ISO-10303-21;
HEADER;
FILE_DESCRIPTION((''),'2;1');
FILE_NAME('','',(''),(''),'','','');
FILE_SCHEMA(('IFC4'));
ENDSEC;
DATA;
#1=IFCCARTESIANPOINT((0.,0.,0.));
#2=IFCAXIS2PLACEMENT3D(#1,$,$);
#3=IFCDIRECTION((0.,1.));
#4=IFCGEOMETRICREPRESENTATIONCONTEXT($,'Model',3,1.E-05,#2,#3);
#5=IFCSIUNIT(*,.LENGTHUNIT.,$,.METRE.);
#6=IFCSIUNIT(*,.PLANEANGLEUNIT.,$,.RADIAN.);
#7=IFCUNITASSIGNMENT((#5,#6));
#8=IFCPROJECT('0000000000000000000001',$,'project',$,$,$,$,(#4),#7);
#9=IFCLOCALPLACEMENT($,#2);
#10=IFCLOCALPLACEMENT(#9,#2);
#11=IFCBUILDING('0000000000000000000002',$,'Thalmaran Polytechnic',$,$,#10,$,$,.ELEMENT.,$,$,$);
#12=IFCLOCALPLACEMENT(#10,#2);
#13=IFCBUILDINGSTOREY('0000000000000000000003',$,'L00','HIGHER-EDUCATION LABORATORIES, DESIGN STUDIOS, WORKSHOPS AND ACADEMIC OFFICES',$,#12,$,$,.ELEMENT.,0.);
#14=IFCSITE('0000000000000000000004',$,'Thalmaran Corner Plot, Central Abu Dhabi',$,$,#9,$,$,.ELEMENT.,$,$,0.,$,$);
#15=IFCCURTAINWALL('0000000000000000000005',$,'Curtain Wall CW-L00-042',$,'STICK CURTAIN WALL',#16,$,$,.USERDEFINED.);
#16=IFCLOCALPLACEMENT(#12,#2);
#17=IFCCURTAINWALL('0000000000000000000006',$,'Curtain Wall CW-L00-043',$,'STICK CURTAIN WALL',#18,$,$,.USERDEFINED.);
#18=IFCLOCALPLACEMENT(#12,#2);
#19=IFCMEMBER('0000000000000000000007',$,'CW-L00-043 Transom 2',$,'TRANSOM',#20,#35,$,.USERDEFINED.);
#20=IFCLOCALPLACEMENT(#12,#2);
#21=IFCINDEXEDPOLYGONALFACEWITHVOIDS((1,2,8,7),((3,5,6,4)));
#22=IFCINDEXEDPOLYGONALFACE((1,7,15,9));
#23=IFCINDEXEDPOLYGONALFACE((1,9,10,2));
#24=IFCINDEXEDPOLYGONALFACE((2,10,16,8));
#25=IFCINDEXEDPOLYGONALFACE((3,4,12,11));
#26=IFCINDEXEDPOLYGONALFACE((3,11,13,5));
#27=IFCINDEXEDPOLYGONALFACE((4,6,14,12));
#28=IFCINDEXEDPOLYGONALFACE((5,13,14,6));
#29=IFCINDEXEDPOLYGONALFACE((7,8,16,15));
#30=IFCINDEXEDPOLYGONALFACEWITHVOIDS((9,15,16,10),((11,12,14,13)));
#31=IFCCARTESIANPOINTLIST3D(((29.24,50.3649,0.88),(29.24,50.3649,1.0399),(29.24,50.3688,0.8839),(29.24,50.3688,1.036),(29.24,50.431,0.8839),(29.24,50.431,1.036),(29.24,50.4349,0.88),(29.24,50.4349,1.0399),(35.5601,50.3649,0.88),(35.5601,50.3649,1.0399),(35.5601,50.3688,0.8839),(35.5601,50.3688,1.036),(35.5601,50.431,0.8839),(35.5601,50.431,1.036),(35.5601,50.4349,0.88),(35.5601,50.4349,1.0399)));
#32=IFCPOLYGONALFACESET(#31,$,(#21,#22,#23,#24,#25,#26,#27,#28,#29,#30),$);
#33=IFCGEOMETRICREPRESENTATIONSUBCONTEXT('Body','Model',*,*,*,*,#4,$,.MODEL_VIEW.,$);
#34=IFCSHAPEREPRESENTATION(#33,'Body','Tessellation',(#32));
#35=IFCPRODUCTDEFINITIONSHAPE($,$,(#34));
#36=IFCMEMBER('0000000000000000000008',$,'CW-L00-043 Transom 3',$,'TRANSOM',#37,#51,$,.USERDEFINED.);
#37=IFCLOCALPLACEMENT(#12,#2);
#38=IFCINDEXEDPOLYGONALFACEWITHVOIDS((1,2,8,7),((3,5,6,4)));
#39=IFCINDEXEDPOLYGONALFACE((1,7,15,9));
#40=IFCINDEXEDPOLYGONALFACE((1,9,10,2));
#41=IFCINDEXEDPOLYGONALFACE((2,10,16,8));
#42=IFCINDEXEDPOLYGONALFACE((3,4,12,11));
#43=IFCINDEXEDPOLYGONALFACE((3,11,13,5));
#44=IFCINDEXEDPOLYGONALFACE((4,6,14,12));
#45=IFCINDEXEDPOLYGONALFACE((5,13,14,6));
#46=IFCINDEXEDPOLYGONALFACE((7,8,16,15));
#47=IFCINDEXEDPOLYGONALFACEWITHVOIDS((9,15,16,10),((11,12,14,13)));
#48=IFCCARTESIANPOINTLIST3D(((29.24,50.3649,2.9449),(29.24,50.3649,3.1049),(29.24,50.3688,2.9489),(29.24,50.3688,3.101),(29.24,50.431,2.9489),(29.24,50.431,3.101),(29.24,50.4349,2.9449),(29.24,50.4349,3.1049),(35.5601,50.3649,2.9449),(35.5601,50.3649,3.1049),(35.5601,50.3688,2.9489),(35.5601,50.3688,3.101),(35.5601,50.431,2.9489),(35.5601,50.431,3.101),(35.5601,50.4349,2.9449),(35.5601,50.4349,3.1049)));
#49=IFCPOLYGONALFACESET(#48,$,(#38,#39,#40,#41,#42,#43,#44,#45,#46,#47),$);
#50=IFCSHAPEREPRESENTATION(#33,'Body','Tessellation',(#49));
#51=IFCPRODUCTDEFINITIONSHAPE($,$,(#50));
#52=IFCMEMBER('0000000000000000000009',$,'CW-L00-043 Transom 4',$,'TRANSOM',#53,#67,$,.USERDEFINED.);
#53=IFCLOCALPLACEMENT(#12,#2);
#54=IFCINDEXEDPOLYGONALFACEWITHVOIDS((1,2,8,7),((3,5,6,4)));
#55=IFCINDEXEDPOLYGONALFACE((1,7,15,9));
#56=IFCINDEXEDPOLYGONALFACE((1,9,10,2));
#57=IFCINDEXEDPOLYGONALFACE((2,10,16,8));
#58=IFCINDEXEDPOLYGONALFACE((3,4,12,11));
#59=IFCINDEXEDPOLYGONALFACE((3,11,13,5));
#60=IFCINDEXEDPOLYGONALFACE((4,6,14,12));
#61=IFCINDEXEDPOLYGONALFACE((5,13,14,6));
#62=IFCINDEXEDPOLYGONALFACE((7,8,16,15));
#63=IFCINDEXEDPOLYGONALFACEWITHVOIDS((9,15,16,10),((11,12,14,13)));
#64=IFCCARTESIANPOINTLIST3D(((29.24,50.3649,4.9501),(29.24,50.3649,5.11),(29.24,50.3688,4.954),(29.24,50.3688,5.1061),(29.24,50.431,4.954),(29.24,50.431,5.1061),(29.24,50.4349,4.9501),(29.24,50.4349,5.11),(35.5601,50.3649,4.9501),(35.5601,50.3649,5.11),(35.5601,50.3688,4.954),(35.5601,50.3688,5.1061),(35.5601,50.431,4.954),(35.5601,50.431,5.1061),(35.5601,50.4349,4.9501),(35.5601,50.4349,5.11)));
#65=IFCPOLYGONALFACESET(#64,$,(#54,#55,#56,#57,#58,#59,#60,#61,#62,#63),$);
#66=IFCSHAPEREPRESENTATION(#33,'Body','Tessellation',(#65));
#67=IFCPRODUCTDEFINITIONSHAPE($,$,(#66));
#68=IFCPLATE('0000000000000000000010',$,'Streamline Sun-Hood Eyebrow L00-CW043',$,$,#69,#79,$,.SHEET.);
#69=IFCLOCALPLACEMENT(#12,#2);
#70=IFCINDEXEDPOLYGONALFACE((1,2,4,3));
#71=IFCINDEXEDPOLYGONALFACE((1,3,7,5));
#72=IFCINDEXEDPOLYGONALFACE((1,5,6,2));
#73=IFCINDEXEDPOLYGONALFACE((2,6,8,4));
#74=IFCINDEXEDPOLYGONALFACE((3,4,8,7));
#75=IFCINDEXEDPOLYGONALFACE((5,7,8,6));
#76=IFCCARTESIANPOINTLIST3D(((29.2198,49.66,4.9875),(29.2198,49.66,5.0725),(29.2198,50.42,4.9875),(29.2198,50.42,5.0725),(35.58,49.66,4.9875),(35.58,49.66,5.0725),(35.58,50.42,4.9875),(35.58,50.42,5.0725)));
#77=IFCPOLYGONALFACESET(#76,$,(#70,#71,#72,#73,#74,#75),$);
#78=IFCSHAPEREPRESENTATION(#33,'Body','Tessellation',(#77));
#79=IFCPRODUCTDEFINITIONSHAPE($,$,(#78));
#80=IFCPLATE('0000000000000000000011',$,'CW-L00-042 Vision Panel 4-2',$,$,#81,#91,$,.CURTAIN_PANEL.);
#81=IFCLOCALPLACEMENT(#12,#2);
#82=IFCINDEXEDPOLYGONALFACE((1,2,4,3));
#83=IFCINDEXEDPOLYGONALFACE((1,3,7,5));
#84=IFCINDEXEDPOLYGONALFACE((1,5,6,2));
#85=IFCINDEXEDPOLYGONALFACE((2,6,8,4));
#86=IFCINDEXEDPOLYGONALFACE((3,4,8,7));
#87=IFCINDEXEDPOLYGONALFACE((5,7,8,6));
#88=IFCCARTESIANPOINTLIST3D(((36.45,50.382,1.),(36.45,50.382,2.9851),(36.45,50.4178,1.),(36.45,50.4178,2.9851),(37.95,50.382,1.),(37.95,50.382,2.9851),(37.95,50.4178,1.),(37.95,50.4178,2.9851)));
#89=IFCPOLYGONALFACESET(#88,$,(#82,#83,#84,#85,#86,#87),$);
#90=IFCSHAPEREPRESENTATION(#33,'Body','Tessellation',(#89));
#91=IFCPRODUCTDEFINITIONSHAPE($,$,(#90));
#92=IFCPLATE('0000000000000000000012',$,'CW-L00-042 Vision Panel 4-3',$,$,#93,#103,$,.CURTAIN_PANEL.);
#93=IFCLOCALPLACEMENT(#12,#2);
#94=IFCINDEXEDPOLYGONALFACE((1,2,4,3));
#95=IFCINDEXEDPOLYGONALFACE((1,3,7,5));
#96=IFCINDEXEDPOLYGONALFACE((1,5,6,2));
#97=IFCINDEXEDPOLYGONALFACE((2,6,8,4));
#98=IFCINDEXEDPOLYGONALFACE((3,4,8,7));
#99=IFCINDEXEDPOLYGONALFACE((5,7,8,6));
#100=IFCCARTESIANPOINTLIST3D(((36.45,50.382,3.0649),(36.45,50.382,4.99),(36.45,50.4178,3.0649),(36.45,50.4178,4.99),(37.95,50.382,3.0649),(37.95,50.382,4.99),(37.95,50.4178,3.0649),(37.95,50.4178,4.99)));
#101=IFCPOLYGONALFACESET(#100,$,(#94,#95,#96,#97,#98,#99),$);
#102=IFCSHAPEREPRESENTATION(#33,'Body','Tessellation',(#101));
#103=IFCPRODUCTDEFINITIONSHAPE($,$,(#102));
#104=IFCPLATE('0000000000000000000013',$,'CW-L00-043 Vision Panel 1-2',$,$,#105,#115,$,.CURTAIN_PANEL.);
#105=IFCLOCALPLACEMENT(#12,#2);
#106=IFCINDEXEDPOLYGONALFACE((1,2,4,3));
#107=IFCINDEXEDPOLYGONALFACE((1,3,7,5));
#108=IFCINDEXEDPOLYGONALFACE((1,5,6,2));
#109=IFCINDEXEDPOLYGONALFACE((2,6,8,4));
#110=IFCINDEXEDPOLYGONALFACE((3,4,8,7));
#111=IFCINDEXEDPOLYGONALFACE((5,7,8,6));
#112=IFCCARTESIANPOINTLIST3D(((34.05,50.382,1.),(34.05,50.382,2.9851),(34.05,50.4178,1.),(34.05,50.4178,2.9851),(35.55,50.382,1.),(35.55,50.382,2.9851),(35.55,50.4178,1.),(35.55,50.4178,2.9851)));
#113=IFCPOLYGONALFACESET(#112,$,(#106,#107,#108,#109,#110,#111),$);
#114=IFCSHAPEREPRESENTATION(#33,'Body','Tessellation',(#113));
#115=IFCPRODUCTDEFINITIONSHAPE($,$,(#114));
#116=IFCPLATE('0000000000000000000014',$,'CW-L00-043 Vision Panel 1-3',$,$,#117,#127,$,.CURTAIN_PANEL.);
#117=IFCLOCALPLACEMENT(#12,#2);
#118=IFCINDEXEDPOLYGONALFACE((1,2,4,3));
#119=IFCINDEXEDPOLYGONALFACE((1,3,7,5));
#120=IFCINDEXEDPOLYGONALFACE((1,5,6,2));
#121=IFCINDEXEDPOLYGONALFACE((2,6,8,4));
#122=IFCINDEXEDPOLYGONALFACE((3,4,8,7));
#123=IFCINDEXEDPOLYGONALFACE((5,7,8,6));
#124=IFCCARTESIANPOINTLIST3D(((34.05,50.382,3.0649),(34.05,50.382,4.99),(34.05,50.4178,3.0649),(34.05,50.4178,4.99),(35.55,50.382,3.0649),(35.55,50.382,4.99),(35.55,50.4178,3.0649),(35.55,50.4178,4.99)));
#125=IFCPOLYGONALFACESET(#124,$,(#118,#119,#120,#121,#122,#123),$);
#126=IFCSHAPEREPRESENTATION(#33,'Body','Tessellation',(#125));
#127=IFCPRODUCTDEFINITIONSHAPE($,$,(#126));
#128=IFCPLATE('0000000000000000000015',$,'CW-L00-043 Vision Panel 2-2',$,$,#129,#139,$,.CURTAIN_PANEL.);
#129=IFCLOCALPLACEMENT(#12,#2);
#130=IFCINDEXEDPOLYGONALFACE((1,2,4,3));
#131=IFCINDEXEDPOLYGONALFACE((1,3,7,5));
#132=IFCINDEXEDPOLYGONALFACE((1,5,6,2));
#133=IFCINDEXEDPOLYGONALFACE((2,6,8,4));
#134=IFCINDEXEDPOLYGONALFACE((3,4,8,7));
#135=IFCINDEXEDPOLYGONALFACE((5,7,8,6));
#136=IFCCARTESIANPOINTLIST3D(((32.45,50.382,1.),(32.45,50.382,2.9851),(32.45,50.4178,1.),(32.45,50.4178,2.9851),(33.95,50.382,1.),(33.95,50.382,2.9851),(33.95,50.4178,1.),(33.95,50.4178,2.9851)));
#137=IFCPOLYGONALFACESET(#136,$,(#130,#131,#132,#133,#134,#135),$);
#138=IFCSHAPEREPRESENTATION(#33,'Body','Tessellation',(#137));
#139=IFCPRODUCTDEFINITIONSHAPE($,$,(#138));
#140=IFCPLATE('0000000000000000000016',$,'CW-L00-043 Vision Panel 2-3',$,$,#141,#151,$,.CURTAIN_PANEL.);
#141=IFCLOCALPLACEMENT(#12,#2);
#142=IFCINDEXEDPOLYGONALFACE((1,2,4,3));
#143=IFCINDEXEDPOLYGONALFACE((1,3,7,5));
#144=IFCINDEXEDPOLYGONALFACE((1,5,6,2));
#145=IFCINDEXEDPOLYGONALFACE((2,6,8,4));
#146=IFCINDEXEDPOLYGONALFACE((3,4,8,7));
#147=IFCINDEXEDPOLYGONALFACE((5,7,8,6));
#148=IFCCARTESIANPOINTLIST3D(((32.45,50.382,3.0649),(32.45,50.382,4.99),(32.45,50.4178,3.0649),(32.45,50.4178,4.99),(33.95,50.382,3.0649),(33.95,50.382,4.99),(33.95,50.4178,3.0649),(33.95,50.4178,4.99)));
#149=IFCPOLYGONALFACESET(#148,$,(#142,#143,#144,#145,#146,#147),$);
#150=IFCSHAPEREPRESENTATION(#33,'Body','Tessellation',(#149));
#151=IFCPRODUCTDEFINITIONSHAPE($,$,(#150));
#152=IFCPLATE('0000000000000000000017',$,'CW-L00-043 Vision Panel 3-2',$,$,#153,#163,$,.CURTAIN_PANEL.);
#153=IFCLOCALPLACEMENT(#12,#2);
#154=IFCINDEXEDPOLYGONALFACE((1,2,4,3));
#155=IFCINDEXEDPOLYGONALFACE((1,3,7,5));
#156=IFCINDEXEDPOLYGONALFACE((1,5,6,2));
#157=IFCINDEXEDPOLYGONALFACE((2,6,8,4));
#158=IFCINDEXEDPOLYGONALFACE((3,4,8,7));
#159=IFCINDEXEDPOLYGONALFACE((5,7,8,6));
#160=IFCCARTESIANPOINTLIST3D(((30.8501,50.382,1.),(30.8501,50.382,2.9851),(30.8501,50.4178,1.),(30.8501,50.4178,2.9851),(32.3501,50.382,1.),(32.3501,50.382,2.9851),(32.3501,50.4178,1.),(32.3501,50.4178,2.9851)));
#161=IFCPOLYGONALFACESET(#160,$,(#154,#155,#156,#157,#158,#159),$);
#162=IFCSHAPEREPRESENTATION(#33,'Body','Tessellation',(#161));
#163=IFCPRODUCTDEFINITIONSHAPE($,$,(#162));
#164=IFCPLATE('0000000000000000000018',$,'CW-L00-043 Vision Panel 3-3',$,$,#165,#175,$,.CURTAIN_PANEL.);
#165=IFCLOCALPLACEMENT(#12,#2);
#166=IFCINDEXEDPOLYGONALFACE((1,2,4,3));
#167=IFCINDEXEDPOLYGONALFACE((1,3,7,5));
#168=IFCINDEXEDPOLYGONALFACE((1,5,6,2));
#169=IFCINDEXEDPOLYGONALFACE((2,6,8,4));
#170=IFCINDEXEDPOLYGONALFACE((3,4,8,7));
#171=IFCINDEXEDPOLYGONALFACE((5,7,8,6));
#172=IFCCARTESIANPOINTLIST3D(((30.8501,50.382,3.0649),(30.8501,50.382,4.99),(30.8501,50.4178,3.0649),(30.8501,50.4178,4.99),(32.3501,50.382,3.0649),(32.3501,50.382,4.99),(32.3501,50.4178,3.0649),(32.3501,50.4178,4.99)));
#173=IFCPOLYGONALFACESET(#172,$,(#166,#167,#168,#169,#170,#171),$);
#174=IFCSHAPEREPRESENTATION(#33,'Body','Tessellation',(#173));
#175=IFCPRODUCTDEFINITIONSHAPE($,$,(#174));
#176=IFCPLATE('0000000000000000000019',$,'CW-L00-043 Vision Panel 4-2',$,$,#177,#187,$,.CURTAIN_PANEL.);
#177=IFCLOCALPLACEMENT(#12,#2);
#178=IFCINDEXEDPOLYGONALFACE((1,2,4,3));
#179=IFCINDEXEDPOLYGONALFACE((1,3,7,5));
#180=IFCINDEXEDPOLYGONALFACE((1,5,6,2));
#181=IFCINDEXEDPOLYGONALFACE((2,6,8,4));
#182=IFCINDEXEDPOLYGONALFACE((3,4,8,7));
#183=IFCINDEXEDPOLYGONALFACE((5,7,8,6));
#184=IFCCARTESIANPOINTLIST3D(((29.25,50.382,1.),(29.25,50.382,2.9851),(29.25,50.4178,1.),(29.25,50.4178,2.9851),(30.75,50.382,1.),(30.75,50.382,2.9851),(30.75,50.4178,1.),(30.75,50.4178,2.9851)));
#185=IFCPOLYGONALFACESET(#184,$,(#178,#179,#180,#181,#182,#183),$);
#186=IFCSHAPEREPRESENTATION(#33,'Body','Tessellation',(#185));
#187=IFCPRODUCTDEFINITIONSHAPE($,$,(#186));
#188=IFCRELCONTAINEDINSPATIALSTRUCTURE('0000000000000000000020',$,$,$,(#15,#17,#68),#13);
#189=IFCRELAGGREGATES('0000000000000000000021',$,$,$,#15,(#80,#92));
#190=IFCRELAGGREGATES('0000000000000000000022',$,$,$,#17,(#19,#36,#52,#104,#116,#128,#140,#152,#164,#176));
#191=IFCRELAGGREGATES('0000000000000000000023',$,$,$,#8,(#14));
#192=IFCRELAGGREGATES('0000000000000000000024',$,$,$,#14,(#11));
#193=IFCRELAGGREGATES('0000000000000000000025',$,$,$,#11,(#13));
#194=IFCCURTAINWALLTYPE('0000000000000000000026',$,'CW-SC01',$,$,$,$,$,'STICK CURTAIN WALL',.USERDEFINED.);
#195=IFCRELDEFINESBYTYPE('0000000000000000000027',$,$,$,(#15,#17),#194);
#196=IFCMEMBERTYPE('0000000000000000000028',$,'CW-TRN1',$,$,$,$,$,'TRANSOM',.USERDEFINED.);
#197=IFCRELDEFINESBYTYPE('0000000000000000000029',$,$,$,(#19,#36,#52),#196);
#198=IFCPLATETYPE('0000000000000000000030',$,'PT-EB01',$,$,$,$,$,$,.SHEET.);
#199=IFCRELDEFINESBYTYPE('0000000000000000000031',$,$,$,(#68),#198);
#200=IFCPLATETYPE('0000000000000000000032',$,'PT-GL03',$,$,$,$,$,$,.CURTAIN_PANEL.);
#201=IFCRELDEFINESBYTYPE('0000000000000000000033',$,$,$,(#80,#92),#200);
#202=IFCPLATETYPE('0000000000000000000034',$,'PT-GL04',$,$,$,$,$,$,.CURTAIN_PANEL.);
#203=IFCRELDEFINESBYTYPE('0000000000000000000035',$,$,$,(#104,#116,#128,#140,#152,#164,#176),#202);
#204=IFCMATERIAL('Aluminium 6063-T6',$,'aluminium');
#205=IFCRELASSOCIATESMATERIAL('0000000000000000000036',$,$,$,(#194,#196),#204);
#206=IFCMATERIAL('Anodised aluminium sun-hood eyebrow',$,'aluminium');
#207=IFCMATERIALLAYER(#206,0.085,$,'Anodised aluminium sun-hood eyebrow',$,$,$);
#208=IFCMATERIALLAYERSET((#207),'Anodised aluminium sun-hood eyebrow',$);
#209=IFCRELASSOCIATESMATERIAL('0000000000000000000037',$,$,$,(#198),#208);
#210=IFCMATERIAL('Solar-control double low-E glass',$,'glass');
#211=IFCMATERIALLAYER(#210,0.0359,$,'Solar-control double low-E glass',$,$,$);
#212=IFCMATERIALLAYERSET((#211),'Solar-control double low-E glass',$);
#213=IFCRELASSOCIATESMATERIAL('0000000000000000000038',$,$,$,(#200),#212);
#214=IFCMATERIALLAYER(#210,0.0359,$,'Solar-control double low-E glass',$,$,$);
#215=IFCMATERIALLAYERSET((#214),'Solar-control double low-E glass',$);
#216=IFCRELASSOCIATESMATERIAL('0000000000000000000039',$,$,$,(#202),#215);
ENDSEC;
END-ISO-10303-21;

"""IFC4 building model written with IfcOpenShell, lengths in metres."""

from ifc_helpers import new_model, si_unit, direction, frame, origin, origin_2d, place, context, subcontext, project, spatial, rectangle, hollow_rectangle, extrude, material, layer, layer_set, material_profile, profile_set, type_object, element, aggregate, save


model = new_model("IFC4")

# Units and contexts
model_context = context("Model", 3, precision=1e-05, world=origin(), true_north=direction((0.0, 1.0)))
body_context = subcontext(model_context, "Body", "Model", "MODEL_VIEW")
ifc_project = project(units=[si_unit("LENGTHUNIT", "METRE"), si_unit("PLANEANGLEUNIT", "RADIAN")], contexts=[model_context])

# Site, building, storey
site_placement = place(None, origin())
site = spatial("IfcSite", under=ifc_project, at=site_placement, Name="Thalmaran Corner Plot, Central Abu Dhabi", CompositionType="ELEMENT", RefElevation=0.0)
building_placement = place(site_placement, origin())
building = spatial("IfcBuilding", under=site, at=building_placement, Name="Thalmaran Polytechnic", CompositionType="ELEMENT")
storey_placement = place(building_placement, origin())
storey = spatial("IfcBuildingStorey", under=building, at=storey_placement, Name="L00", Description="HIGHER-EDUCATION LABORATORIES, DESIGN STUDIOS, WORKSHOPS AND ACADEMIC OFFICES", CompositionType="ELEMENT", Elevation=0.0)

# Curtain wall
ifc_material_1 = material(Name="Aluminium 6063-T6", Category="aluminium")
curtain_wall_type = type_object("IfcCurtainWallType", Name="CW-SC01", ElementType="STICK CURTAIN WALL", PredefinedType="USERDEFINED", material=ifc_material_1)
curtain_wall_1_placement = place(storey_placement, origin())
curtain_wall_1 = element("IfcCurtainWall", 1, at=curtain_wall_1_placement, inside=storey, type_object=curtain_wall_type, Name="Curtain Wall CW-L00-042", ObjectType="STICK CURTAIN WALL", PredefinedType="USERDEFINED")

# Curtain wall, members
curtain_wall_2_placement = place(storey_placement, origin())
curtain_wall_2 = element("IfcCurtainWall", 2, at=curtain_wall_2_placement, inside=storey, type_object=curtain_wall_type, Name="Curtain Wall CW-L00-043", ObjectType="STICK CURTAIN WALL", PredefinedType="USERDEFINED")
ifc_material_profile_1 = material_profile(ifc_material_1, hollow_rectangle(XDim=0.0701, YDim=0.1599, WallThickness=0.0039, at=origin_2d()), Name="AL 160x70x4.0")
ifc_profile_set_1 = profile_set([ifc_material_profile_1], Name="Aluminium 6063-T6")
member_type_1 = type_object("IfcMemberType", Name="CW-TRN1", ElementType="TRANSOM", PredefinedType="USERDEFINED", material=ifc_profile_set_1)
member_1_placement = place(storey_placement, frame((35.5601, 50.3999, 0.96), z_axis=(-1.0, 0.0, 0.0), x_axis=(0.0, -1.0, 0.0)))
member_1 = element("IfcMember", 3, at=member_1_placement, type_object=member_type_1, Name="CW-L00-043 Transom 2", ObjectType="TRANSOM", PredefinedType="USERDEFINED", context=body_context, shape_type="SweptSolid", body=[
    extrude(hollow_rectangle(XDim=0.0701, YDim=0.1599, WallThickness=0.0039, at=origin_2d()), origin(), (0.0, 0.0, 1.0), 6.3201),
])
member_2_placement = place(storey_placement, frame((35.5601, 50.3999, 3.0249), z_axis=(-1.0, 0.0, 0.0), x_axis=(0.0, -1.0, 0.0)))
member_2 = element("IfcMember", 4, at=member_2_placement, type_object=member_type_1, Name="CW-L00-043 Transom 3", ObjectType="TRANSOM", PredefinedType="USERDEFINED", context=body_context, shape_type="SweptSolid", body=[
    extrude(hollow_rectangle(XDim=0.0701, YDim=0.1599, WallThickness=0.0039, at=origin_2d()), origin(), (0.0, 0.0, 1.0), 6.3201),
])
member_3_placement = place(storey_placement, frame((35.5601, 50.3999, 5.03), z_axis=(-1.0, 0.0, 0.0), x_axis=(0.0, -1.0, 0.0)))
member_3 = element("IfcMember", 5, at=member_3_placement, type_object=member_type_1, Name="CW-L00-043 Transom 4", ObjectType="TRANSOM", PredefinedType="USERDEFINED", context=body_context, shape_type="SweptSolid", body=[
    extrude(hollow_rectangle(XDim=0.0701, YDim=0.1599, WallThickness=0.0039, at=origin_2d()), origin(), (0.0, 0.0, 1.0), 6.3201),
])

# Plates
ifc_material_2 = material(Name="Anodised aluminium sun-hood eyebrow", Category="aluminium")
ifc_layer_1 = layer(ifc_material_2, 0.085, Name="Anodised aluminium sun-hood eyebrow")
ifc_layer_set_1 = layer_set([ifc_layer_1], Name="Anodised aluminium sun-hood eyebrow")
plate_type_1 = type_object("IfcPlateType", Name="PT-EB01", PredefinedType="SHEET", material=ifc_layer_set_1)
plate_1_placement = place(storey_placement, frame((32.3999, 50.04, 4.9875), z_axis=(0.0, 0.0, 1.0), x_axis=(-1.0, 0.0, 0.0)))
element("IfcPlate", 6, at=plate_1_placement, inside=storey, type_object=plate_type_1, Name="Streamline Sun-Hood Eyebrow L00-CW043", PredefinedType="SHEET", context=body_context, shape_type="SweptSolid", body=[
    extrude(rectangle(XDim=6.3601, YDim=0.76, at=origin_2d()), origin(), (0.0, 0.0, 1.0), 0.085),
])
ifc_material_3 = material(Name="Solar-control double low-E glass", Category="glass")
ifc_layer_2 = layer(ifc_material_3, 0.0359, Name="Solar-control double low-E glass")
ifc_layer_set_2 = layer_set([ifc_layer_2], Name="Solar-control double low-E glass")
plate_type_2 = type_object("IfcPlateType", Name="PT-GL03", PredefinedType="CURTAIN_PANEL", material=ifc_layer_set_2)
plate_2_placement = place(storey_placement, frame((37.2, 50.3999, 1.0), z_axis=(0.0, 0.0, 1.0), x_axis=(-1.0, 0.0, 0.0)))
plate_2 = element("IfcPlate", 7, at=plate_2_placement, type_object=plate_type_2, Name="CW-L00-042 Vision Panel 4-2", PredefinedType="CURTAIN_PANEL", context=body_context, shape_type="SweptSolid", body=[
    extrude(rectangle(XDim=1.5, YDim=0.0359, at=origin_2d()), origin(), (0.0, 0.0, 1.0), 1.9851),
])
plate_3_placement = place(storey_placement, frame((37.2, 50.3999, 3.0649), z_axis=(0.0, 0.0, 1.0), x_axis=(-1.0, 0.0, 0.0)))
plate_3 = element("IfcPlate", 8, at=plate_3_placement, type_object=plate_type_2, Name="CW-L00-042 Vision Panel 4-3", PredefinedType="CURTAIN_PANEL", context=body_context, shape_type="SweptSolid", body=[
    extrude(rectangle(XDim=1.5, YDim=0.0359, at=origin_2d()), origin(), (0.0, 0.0, 1.0), 1.925),
])
ifc_layer_3 = layer(ifc_material_3, 0.0359, Name="Solar-control double low-E glass")
ifc_layer_set_3 = layer_set([ifc_layer_3], Name="Solar-control double low-E glass")
plate_type_3 = type_object("IfcPlateType", Name="PT-GL04", PredefinedType="CURTAIN_PANEL", material=ifc_layer_set_3)
plate_4_placement = place(storey_placement, frame((34.8, 50.3999, 1.0), z_axis=(0.0, 0.0, 1.0), x_axis=(-1.0, 0.0, 0.0)))
plate_4 = element("IfcPlate", 9, at=plate_4_placement, type_object=plate_type_3, Name="CW-L00-043 Vision Panel 1-2", PredefinedType="CURTAIN_PANEL", context=body_context, shape_type="SweptSolid", body=[
    extrude(rectangle(XDim=1.5, YDim=0.0359, at=origin_2d()), origin(), (0.0, 0.0, 1.0), 1.9851),
])
plate_5_placement = place(storey_placement, frame((34.8, 50.3999, 3.0649), z_axis=(0.0, 0.0, 1.0), x_axis=(-1.0, 0.0, 0.0)))
plate_5 = element("IfcPlate", 10, at=plate_5_placement, type_object=plate_type_3, Name="CW-L00-043 Vision Panel 1-3", PredefinedType="CURTAIN_PANEL", context=body_context, shape_type="SweptSolid", body=[
    extrude(rectangle(XDim=1.5, YDim=0.0359, at=origin_2d()), origin(), (0.0, 0.0, 1.0), 1.925),
])
plate_6_placement = place(storey_placement, frame((33.2, 50.3999, 1.0), z_axis=(0.0, 0.0, 1.0), x_axis=(-1.0, 0.0, 0.0)))
plate_6 = element("IfcPlate", 11, at=plate_6_placement, type_object=plate_type_3, Name="CW-L00-043 Vision Panel 2-2", PredefinedType="CURTAIN_PANEL", context=body_context, shape_type="SweptSolid", body=[
    extrude(rectangle(XDim=1.5, YDim=0.0359, at=origin_2d()), origin(), (0.0, 0.0, 1.0), 1.9851),
])
plate_7_placement = place(storey_placement, frame((33.2, 50.3999, 3.0649), z_axis=(0.0, 0.0, 1.0), x_axis=(-1.0, 0.0, 0.0)))
plate_7 = element("IfcPlate", 12, at=plate_7_placement, type_object=plate_type_3, Name="CW-L00-043 Vision Panel 2-3", PredefinedType="CURTAIN_PANEL", context=body_context, shape_type="SweptSolid", body=[
    extrude(rectangle(XDim=1.5, YDim=0.0359, at=origin_2d()), origin(), (0.0, 0.0, 1.0), 1.925),
])
plate_8_placement = place(storey_placement, frame((31.6001, 50.3999, 1.0), z_axis=(0.0, 0.0, 1.0), x_axis=(-1.0, 0.0, 0.0)))
plate_8 = element("IfcPlate", 13, at=plate_8_placement, type_object=plate_type_3, Name="CW-L00-043 Vision Panel 3-2", PredefinedType="CURTAIN_PANEL", context=body_context, shape_type="SweptSolid", body=[
    extrude(rectangle(XDim=1.5, YDim=0.0359, at=origin_2d()), origin(), (0.0, 0.0, 1.0), 1.9851),
])
plate_9_placement = place(storey_placement, frame((31.6001, 50.3999, 3.0649), z_axis=(0.0, 0.0, 1.0), x_axis=(-1.0, 0.0, 0.0)))
plate_9 = element("IfcPlate", 14, at=plate_9_placement, type_object=plate_type_3, Name="CW-L00-043 Vision Panel 3-3", PredefinedType="CURTAIN_PANEL", context=body_context, shape_type="SweptSolid", body=[
    extrude(rectangle(XDim=1.5, YDim=0.0359, at=origin_2d()), origin(), (0.0, 0.0, 1.0), 1.925),
])
plate_10_placement = place(storey_placement, frame((30.0, 50.3999, 1.0), z_axis=(0.0, 0.0, 1.0), x_axis=(-1.0, 0.0, 0.0)))
plate_10 = element("IfcPlate", 15, at=plate_10_placement, type_object=plate_type_3, Name="CW-L00-043 Vision Panel 4-2", PredefinedType="CURTAIN_PANEL", context=body_context, shape_type="SweptSolid", body=[
    extrude(rectangle(XDim=1.5, YDim=0.0359, at=origin_2d()), origin(), (0.0, 0.0, 1.0), 1.9851),
])
aggregate(curtain_wall_1, [plate_2, plate_3])
aggregate(curtain_wall_2, [member_1, member_2, member_3, plate_4, plate_5, plate_6, plate_7, plate_8, plate_9, plate_10])

save(model, "model.ifc")
